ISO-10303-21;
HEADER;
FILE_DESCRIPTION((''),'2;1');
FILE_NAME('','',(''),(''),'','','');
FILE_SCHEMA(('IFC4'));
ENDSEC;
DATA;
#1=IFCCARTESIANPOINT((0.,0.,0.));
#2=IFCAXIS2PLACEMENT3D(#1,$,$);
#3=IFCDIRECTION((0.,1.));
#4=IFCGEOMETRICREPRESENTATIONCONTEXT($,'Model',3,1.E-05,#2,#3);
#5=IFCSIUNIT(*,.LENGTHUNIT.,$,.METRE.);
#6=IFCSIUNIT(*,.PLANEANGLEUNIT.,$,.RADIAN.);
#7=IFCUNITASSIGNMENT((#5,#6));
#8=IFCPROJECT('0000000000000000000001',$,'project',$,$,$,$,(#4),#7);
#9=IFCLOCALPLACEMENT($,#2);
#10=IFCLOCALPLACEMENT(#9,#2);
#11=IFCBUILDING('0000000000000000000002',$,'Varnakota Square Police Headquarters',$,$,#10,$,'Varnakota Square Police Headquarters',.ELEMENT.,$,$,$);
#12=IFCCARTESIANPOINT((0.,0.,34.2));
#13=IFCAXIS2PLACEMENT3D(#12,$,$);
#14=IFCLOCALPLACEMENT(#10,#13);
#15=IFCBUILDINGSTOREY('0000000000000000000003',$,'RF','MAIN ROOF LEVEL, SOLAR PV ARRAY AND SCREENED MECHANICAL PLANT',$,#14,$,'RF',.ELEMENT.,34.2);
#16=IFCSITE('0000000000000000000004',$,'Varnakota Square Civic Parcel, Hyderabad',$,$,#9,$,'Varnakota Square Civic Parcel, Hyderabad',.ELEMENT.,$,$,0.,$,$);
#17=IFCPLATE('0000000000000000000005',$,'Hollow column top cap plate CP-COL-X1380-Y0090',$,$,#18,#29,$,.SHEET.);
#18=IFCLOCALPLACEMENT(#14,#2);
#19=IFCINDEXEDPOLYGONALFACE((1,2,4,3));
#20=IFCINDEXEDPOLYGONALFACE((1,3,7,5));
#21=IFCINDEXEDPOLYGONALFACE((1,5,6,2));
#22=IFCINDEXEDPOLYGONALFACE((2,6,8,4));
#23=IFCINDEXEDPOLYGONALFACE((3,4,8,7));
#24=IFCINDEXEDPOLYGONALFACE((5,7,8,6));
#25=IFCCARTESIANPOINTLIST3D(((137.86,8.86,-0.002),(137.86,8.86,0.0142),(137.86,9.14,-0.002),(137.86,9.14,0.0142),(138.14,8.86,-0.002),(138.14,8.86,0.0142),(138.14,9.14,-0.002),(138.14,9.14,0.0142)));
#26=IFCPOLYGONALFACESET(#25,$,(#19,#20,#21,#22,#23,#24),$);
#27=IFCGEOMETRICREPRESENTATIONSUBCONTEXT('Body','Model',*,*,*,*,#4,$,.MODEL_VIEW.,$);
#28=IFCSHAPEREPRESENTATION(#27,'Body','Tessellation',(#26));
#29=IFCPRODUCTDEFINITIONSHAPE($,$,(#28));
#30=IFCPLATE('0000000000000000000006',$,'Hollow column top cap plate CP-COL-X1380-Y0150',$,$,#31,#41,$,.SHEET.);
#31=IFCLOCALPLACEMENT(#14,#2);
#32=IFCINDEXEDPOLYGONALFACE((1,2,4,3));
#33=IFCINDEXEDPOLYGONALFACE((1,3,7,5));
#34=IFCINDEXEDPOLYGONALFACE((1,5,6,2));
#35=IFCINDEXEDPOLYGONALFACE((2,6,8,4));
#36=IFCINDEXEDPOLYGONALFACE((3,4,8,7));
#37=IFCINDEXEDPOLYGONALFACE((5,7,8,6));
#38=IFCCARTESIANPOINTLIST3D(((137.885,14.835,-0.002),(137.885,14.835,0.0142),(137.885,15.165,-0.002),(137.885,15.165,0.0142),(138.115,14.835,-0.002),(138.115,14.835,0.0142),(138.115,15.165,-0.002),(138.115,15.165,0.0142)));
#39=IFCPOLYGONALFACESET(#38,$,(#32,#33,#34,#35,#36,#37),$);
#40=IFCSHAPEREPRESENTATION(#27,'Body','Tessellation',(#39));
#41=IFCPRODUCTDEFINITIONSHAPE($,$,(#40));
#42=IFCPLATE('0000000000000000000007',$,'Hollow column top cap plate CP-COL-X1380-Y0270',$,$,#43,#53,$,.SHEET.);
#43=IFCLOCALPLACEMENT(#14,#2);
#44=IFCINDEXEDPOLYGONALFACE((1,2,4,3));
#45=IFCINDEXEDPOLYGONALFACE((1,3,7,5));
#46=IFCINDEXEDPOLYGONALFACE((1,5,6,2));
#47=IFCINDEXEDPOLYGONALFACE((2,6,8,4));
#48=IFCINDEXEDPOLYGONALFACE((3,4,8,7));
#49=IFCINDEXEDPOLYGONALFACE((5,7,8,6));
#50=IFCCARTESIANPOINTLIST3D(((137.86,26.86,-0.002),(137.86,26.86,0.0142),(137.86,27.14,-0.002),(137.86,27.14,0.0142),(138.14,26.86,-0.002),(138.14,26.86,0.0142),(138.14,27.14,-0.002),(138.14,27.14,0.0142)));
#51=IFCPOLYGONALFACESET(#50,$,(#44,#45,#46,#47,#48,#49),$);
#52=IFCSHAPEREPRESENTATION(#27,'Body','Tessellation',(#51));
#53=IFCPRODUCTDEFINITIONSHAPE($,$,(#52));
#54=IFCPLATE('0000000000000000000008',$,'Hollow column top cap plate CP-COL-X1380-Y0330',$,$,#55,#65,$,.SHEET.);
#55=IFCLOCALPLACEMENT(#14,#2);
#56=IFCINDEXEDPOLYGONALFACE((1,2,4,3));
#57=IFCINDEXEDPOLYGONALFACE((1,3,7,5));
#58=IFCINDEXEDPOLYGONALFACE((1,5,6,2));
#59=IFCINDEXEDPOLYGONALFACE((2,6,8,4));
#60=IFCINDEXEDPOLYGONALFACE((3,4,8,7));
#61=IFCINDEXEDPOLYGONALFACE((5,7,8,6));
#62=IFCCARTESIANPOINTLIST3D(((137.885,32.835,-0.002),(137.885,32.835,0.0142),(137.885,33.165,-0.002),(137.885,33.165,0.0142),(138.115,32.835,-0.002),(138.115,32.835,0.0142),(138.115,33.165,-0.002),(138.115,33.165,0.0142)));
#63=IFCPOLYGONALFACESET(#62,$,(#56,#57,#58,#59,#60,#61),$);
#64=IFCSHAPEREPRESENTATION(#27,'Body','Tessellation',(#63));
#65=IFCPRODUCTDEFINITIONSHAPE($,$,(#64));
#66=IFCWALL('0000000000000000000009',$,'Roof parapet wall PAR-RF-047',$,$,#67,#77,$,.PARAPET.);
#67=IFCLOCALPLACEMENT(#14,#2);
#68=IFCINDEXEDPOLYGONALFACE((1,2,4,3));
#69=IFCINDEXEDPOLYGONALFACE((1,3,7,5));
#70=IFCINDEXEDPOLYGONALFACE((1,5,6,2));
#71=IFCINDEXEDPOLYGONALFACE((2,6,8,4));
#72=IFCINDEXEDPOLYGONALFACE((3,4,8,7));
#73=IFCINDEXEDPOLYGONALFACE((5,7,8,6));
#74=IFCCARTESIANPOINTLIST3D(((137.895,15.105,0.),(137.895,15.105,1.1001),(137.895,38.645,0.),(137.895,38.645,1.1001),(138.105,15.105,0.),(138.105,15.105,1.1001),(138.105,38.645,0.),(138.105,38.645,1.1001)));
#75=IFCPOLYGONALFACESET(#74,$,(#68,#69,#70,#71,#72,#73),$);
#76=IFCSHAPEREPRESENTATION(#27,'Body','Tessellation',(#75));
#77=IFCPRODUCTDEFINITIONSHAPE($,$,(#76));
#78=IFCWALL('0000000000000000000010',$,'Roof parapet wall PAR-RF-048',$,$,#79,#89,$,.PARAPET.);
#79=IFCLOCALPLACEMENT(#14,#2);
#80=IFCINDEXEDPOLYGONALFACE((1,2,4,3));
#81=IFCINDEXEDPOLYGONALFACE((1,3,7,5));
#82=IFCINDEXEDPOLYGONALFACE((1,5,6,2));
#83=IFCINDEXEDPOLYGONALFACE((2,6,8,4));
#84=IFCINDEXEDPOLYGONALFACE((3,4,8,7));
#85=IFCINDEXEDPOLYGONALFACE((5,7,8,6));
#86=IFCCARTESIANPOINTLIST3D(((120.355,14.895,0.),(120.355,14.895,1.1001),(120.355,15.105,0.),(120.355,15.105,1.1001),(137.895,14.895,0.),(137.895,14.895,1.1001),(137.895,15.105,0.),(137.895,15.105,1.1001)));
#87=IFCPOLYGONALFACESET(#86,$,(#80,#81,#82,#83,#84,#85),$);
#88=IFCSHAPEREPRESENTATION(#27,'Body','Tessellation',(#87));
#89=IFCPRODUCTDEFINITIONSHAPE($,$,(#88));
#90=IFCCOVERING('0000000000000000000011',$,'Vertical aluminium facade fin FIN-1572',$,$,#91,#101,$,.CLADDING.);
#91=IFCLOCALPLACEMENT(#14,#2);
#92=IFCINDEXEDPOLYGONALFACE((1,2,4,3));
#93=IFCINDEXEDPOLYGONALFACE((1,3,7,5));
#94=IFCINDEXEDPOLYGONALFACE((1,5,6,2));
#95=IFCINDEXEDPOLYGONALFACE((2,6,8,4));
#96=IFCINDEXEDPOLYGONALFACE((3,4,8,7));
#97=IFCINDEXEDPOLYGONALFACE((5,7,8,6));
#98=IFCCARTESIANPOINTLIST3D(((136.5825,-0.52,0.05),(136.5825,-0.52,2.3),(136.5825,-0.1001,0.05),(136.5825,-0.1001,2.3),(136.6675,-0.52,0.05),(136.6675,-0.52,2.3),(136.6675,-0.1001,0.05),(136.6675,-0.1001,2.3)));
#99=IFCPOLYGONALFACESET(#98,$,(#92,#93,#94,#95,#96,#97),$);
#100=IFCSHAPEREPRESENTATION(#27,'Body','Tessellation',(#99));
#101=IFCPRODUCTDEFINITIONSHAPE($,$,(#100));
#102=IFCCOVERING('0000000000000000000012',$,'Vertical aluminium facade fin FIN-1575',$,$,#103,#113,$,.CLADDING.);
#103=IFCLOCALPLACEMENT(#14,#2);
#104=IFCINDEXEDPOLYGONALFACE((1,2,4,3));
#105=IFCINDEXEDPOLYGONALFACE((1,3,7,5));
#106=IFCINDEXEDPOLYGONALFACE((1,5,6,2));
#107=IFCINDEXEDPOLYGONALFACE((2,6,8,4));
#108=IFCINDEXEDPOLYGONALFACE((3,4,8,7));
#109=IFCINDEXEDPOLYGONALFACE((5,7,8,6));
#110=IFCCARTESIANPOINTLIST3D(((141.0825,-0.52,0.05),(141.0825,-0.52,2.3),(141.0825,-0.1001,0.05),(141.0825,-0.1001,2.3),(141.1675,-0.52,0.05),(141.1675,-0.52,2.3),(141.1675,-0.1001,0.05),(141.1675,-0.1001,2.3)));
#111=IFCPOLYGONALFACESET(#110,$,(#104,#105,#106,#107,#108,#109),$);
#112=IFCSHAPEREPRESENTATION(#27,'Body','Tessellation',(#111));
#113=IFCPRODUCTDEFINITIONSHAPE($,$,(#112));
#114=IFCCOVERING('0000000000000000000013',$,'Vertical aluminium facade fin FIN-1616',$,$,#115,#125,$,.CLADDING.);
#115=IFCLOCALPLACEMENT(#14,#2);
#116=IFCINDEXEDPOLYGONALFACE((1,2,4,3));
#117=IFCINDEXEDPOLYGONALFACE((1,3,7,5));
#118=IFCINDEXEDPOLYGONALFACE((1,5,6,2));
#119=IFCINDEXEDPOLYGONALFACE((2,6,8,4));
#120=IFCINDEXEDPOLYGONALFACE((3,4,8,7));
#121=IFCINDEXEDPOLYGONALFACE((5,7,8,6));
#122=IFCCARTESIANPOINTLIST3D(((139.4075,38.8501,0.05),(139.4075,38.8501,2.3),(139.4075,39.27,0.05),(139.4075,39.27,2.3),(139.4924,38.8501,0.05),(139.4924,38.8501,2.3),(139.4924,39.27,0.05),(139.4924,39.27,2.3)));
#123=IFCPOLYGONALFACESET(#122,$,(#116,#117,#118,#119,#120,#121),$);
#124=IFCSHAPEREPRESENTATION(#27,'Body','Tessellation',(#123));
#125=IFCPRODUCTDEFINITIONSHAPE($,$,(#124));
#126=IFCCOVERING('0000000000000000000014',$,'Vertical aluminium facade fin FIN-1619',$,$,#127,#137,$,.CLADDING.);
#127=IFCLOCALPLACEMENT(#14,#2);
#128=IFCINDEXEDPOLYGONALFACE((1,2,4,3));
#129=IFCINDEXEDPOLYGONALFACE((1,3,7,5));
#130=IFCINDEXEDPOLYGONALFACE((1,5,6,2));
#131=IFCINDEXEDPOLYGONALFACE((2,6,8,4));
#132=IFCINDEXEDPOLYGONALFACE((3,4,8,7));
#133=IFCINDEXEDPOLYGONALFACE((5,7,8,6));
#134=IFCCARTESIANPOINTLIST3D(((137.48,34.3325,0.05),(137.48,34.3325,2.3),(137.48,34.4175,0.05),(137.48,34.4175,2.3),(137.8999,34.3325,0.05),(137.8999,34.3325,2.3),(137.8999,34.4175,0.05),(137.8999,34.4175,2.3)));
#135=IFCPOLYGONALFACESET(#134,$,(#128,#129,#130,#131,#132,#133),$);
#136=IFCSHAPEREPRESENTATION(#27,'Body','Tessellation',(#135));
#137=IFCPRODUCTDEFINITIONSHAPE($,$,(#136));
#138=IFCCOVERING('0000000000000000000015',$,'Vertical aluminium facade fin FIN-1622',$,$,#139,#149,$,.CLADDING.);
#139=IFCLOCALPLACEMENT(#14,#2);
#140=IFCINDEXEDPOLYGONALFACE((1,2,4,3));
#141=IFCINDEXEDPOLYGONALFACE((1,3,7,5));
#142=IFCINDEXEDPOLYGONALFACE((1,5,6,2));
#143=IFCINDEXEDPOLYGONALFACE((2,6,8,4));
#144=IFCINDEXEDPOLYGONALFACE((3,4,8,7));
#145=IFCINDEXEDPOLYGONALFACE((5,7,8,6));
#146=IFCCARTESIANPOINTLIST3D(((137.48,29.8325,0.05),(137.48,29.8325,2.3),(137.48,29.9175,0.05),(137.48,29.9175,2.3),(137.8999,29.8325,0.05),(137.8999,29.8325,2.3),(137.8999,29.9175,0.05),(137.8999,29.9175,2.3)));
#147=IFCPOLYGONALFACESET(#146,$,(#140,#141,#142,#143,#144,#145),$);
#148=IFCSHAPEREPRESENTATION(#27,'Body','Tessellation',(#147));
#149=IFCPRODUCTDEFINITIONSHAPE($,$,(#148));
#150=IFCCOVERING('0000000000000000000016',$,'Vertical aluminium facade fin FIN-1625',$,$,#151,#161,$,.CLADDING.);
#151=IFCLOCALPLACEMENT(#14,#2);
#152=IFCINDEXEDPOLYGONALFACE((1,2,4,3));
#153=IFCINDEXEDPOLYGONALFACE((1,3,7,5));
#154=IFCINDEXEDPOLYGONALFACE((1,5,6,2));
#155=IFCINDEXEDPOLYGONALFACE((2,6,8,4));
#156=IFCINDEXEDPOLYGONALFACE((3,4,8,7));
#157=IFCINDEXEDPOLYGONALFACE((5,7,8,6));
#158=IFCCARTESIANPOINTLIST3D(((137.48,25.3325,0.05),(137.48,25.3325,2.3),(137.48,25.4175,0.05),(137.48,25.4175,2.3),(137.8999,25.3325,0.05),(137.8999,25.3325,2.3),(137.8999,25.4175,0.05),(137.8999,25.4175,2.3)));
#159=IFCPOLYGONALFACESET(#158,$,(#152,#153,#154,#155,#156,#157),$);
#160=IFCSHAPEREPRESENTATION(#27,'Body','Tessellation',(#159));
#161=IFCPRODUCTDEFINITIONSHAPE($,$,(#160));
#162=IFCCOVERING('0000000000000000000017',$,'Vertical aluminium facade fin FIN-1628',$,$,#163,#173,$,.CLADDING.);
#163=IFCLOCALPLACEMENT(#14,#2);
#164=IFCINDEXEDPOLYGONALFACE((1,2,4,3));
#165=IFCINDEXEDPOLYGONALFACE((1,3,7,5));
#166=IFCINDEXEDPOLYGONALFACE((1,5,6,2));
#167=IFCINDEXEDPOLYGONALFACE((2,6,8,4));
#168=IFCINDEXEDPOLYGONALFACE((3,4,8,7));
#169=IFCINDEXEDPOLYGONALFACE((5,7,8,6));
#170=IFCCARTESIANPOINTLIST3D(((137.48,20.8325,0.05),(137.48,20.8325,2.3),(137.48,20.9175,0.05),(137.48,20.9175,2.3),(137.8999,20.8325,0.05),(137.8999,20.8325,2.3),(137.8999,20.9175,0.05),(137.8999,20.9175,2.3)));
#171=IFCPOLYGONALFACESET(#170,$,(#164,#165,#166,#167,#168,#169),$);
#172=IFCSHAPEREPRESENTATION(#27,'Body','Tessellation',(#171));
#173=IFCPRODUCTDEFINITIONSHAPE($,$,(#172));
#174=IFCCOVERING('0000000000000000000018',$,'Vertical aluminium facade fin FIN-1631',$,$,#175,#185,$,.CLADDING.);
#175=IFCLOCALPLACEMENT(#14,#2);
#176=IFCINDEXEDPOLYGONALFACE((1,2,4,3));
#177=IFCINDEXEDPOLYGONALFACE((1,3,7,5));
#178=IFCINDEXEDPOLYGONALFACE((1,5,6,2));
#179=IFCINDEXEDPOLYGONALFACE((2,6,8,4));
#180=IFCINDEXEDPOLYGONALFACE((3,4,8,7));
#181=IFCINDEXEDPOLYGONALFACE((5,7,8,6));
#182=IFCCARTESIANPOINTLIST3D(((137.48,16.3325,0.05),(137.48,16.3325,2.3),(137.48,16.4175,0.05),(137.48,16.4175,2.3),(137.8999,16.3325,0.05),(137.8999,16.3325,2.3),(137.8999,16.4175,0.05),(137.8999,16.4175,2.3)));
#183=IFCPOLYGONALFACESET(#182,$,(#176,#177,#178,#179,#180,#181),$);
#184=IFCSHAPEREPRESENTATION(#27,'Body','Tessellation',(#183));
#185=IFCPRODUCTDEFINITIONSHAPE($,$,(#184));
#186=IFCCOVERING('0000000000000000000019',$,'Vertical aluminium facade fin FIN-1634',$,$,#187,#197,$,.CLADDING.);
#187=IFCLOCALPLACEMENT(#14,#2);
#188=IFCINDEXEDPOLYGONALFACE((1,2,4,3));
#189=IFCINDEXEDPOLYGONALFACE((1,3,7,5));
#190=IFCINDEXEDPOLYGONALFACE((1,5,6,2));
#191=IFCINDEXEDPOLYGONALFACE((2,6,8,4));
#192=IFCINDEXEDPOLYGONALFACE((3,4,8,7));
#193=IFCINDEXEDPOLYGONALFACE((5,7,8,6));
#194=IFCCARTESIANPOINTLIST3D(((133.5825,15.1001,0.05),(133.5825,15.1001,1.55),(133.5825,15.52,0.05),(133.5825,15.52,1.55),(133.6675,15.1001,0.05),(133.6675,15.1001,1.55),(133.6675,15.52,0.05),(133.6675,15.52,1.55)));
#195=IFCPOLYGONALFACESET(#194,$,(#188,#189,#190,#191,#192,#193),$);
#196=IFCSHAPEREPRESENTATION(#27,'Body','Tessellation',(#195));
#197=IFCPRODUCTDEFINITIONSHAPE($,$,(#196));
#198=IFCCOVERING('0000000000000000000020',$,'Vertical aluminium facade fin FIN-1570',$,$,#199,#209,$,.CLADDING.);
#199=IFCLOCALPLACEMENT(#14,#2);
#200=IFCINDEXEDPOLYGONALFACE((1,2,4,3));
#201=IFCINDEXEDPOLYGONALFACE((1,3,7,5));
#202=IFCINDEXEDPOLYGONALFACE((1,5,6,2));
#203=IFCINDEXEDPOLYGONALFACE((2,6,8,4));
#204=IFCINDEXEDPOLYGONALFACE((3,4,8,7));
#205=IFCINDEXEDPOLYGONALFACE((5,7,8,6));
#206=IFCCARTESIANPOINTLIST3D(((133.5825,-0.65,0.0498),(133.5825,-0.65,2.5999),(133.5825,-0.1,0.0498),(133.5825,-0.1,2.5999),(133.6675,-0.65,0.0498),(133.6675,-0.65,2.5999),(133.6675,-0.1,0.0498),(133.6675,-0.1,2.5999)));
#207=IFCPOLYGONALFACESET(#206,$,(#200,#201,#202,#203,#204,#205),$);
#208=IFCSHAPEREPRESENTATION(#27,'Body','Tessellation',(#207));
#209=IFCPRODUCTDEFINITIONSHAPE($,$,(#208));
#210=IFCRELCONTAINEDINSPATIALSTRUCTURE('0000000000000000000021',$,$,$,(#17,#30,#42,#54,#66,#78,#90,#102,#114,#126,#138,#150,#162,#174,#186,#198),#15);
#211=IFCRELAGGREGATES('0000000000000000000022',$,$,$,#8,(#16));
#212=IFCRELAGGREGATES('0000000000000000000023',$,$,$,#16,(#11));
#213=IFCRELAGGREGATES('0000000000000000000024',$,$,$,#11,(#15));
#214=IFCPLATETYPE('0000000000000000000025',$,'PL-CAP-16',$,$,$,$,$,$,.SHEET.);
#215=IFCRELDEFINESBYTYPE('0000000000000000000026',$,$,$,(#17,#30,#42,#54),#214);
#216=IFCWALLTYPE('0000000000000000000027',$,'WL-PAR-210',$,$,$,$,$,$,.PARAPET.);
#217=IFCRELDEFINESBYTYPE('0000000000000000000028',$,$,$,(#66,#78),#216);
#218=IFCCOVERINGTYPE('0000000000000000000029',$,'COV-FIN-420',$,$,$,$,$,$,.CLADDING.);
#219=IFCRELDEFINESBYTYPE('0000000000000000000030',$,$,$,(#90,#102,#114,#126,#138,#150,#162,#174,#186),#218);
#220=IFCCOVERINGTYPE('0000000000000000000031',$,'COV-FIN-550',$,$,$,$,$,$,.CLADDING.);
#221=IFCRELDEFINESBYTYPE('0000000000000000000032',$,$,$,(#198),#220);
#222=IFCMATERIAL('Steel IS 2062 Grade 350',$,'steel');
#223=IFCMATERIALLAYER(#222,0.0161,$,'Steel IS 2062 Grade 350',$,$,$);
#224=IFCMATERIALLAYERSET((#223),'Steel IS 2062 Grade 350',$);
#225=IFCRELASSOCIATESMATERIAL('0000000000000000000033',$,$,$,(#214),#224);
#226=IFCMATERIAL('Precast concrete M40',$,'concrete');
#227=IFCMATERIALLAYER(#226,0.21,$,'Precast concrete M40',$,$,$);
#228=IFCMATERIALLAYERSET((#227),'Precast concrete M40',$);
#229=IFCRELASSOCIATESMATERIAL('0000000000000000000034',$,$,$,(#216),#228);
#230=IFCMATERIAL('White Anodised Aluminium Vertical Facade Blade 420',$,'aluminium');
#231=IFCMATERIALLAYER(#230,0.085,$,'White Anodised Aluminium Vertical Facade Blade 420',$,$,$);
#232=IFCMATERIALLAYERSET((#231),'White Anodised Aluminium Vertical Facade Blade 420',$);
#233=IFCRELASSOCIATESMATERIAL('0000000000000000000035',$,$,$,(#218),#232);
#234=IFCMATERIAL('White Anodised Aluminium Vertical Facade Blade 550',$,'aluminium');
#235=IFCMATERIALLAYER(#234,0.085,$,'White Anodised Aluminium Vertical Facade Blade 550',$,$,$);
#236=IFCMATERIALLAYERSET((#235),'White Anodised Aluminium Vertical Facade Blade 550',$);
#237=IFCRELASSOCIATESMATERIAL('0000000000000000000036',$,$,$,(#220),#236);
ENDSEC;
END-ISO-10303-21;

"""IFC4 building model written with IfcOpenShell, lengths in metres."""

from ifc_helpers import new_model, si_unit, direction, frame, frame_2d, origin, origin_2d, place, context, subcontext, project, spatial, rectangle, extrude, material, layer, layer_set, type_object, element, save


model = new_model("IFC4")

# Units and contexts
model_context = context("Model", 3, precision=1e-05, world=origin(), true_north=direction((0.0, 1.0)))
body_context = subcontext(model_context, "Body", "Model", "MODEL_VIEW")
ifc_project = project(units=[si_unit("LENGTHUNIT", "METRE"), si_unit("PLANEANGLEUNIT", "RADIAN")], contexts=[model_context])

# Site, building, storey
site_placement = place(None, origin())
site = spatial("IfcSite", under=ifc_project, at=site_placement, Name="Varnakota Square Civic Parcel, Hyderabad", LongName="Varnakota Square Civic Parcel, Hyderabad", CompositionType="ELEMENT", RefElevation=0.0)
building_placement = place(site_placement, origin())
building = spatial("IfcBuilding", under=site, at=building_placement, Name="Varnakota Square Police Headquarters", LongName="Varnakota Square Police Headquarters", CompositionType="ELEMENT")
storey_placement = place(building_placement, frame((0.0, 0.0, 34.2)))
storey = spatial("IfcBuildingStorey", under=building, at=storey_placement, Name="RF", Description="MAIN ROOF LEVEL, SOLAR PV ARRAY AND SCREENED MECHANICAL PLANT", LongName="RF", CompositionType="ELEMENT", Elevation=34.2)

# Plates
ifc_material_1 = material(Name="Steel IS 2062 Grade 350", Category="steel")
ifc_layer_1 = layer(ifc_material_1, 0.0161, Name="Steel IS 2062 Grade 350")
ifc_layer_set_1 = layer_set([ifc_layer_1], Name="Steel IS 2062 Grade 350")
plate_type = type_object("IfcPlateType", Name="PL-CAP-16", PredefinedType="SHEET", material=ifc_layer_set_1)
plate_1_placement = place(storey_placement, frame((138.0, 9.0, -0.002), z_axis=(0.0, 0.0, 1.0), x_axis=(1.0, 0.0, 0.0)))
element("IfcPlate", 1, at=plate_1_placement, inside=storey, type_object=plate_type, Name="Hollow column top cap plate CP-COL-X1380-Y0090", PredefinedType="SHEET", context=body_context, shape_type="SweptSolid", body=[
    extrude(rectangle(XDim=0.28, YDim=0.28, at=origin_2d()), origin(), (0.0, 0.0, 1.0), 0.0161),
])
plate_2_placement = place(storey_placement, frame((138.0, 15.0, -0.002), z_axis=(0.0, 0.0, 1.0), x_axis=(1.0, 0.0, 0.0)))
element("IfcPlate", 2, at=plate_2_placement, inside=storey, type_object=plate_type, Name="Hollow column top cap plate CP-COL-X1380-Y0150", PredefinedType="SHEET", context=body_context, shape_type="SweptSolid", body=[
    extrude(rectangle(XDim=0.23, YDim=0.3301, at=origin_2d()), origin(), (0.0, 0.0, 1.0), 0.0161),
])
plate_3_placement = place(storey_placement, frame((138.0, 27.0, -0.002), z_axis=(0.0, 0.0, 1.0), x_axis=(1.0, 0.0, 0.0)))
element("IfcPlate", 3, at=plate_3_placement, inside=storey, type_object=plate_type, Name="Hollow column top cap plate CP-COL-X1380-Y0270", PredefinedType="SHEET", context=body_context, shape_type="SweptSolid", body=[
    extrude(rectangle(XDim=0.28, YDim=0.28, at=origin_2d()), origin(), (0.0, 0.0, 1.0), 0.0161),
])
plate_4_placement = place(storey_placement, frame((138.0, 33.0, -0.002), z_axis=(0.0, 0.0, 1.0), x_axis=(1.0, 0.0, 0.0)))
element("IfcPlate", 4, at=plate_4_placement, inside=storey, type_object=plate_type, Name="Hollow column top cap plate CP-COL-X1380-Y0330", PredefinedType="SHEET", context=body_context, shape_type="SweptSolid", body=[
    extrude(rectangle(XDim=0.23, YDim=0.3301, at=origin_2d()), origin(), (0.0, 0.0, 1.0), 0.0161),
])

# Walls
ifc_material_2 = material(Name="Precast concrete M40", Category="concrete")
ifc_layer_2 = layer(ifc_material_2, 0.21, Name="Precast concrete M40")
ifc_layer_set_2 = layer_set([ifc_layer_2], Name="Precast concrete M40")
wall_type = type_object("IfcWallType", Name="WL-PAR-210", PredefinedType="PARAPET", material=ifc_layer_set_2)
wall_1_placement = place(storey_placement, frame((138.0, 38.645, 0.0), z_axis=(0.0, 0.0, 1.0), x_axis=(0.0, -1.0, 0.0)))
element("IfcWall", 5, at=wall_1_placement, inside=storey, type_object=wall_type, Name="Roof parapet wall PAR-RF-047", PredefinedType="PARAPET", context=body_context, shape_type="SweptSolid", body=[
    extrude(rectangle(XDim=23.54, YDim=0.21, at=frame_2d((11.77, 0.0))), origin(), (0.0, 0.0, 1.0), 1.1001),
])
wall_2_placement = place(storey_placement, frame((137.895, 15.0, 0.0), z_axis=(0.0, 0.0, 1.0), x_axis=(-1.0, 0.0, 0.0)))
element("IfcWall", 6, at=wall_2_placement, inside=storey, type_object=wall_type, Name="Roof parapet wall PAR-RF-048", PredefinedType="PARAPET", context=body_context, shape_type="SweptSolid", body=[
    extrude(rectangle(XDim=17.54, YDim=0.21, at=frame_2d((8.77, 0.0))), origin(), (0.0, 0.0, 1.0), 1.1001),
])

# Coverings
ifc_material_3 = material(Name="White Anodised Aluminium Vertical Facade Blade 420", Category="aluminium")
ifc_layer_3 = layer(ifc_material_3, 0.085, Name="White Anodised Aluminium Vertical Facade Blade 420")
ifc_layer_set_3 = layer_set([ifc_layer_3], Name="White Anodised Aluminium Vertical Facade Blade 420")
covering_type_1 = type_object("IfcCoveringType", Name="COV-FIN-420", PredefinedType="CLADDING", material=ifc_layer_set_3)
for number, where, z_axis, x_axis, name in (
    (7, (136.625, -0.3101, 0.05), (0.0, 0.0, 1.0), (1.0, 0.0, 0.0), "Vertical aluminium facade fin FIN-1572"),
    (8, (141.125, -0.3101, 0.05), (0.0, 0.0, 1.0), (1.0, 0.0, 0.0), "Vertical aluminium facade fin FIN-1575"),
    (9, (139.45, 39.0601, 0.05), (0.0, 0.0, 1.0), (-1.0, 0.0, 0.0), "Vertical aluminium facade fin FIN-1616"),
    (10, (137.6899, 34.375, 0.05), (0.0, 0.0, 1.0), (0.0, -1.0, 0.0), "Vertical aluminium facade fin FIN-1619"),
    (11, (137.6899, 29.875, 0.05), (0.0, 0.0, 1.0), (0.0, -1.0, 0.0), "Vertical aluminium facade fin FIN-1622"),
    (12, (137.6899, 25.375, 0.05), (0.0, 0.0, 1.0), (0.0, -1.0, 0.0), "Vertical aluminium facade fin FIN-1625"),
    (13, (137.6899, 20.875, 0.05), (0.0, 0.0, 1.0), (0.0, -1.0, 0.0), "Vertical aluminium facade fin FIN-1628"),
    (14, (137.6899, 16.375, 0.05), (0.0, 0.0, 1.0), (0.0, -1.0, 0.0), "Vertical aluminium facade fin FIN-1631"),
):
    element("IfcCovering", number, at=place(storey_placement, frame(where, z_axis=z_axis, x_axis=x_axis)), inside=storey, type_object=covering_type_1, Name=name, PredefinedType="CLADDING", context=body_context, shape_type="SweptSolid", body=[
        extrude(rectangle(XDim=0.085, YDim=0.4199, at=origin_2d()), origin(), (0.0, 0.0, 1.0), 2.25),
    ])
covering_1_placement = place(storey_placement, frame((133.625, 15.3101, 0.05), z_axis=(0.0, 0.0, 1.0), x_axis=(-1.0, 0.0, 0.0)))
element("IfcCovering", 15, at=covering_1_placement, inside=storey, type_object=covering_type_1, Name="Vertical aluminium facade fin FIN-1634", PredefinedType="CLADDING", context=body_context, shape_type="SweptSolid", body=[
    extrude(rectangle(XDim=0.085, YDim=0.4199, at=origin_2d()), origin(), (0.0, 0.0, 1.0), 1.5),
])
ifc_material_4 = material(Name="White Anodised Aluminium Vertical Facade Blade 550", Category="aluminium")
ifc_layer_4 = layer(ifc_material_4, 0.085, Name="White Anodised Aluminium Vertical Facade Blade 550")
ifc_layer_set_4 = layer_set([ifc_layer_4], Name="White Anodised Aluminium Vertical Facade Blade 550")
covering_type_2 = type_object("IfcCoveringType", Name="COV-FIN-550", PredefinedType="CLADDING", material=ifc_layer_set_4)
covering_2_placement = place(storey_placement, frame((133.625, -0.375, 0.0498), z_axis=(0.0, 0.0, 1.0), x_axis=(1.0, 0.0, 0.0)))
element("IfcCovering", 16, at=covering_2_placement, inside=storey, type_object=covering_type_2, Name="Vertical aluminium facade fin FIN-1570", PredefinedType="CLADDING", context=body_context, shape_type="SweptSolid", body=[
    extrude(rectangle(XDim=0.085, YDim=0.55, at=origin_2d()), origin(), (0.0, 0.0, 1.0), 2.55),
])

save(model, "model.ifc")
